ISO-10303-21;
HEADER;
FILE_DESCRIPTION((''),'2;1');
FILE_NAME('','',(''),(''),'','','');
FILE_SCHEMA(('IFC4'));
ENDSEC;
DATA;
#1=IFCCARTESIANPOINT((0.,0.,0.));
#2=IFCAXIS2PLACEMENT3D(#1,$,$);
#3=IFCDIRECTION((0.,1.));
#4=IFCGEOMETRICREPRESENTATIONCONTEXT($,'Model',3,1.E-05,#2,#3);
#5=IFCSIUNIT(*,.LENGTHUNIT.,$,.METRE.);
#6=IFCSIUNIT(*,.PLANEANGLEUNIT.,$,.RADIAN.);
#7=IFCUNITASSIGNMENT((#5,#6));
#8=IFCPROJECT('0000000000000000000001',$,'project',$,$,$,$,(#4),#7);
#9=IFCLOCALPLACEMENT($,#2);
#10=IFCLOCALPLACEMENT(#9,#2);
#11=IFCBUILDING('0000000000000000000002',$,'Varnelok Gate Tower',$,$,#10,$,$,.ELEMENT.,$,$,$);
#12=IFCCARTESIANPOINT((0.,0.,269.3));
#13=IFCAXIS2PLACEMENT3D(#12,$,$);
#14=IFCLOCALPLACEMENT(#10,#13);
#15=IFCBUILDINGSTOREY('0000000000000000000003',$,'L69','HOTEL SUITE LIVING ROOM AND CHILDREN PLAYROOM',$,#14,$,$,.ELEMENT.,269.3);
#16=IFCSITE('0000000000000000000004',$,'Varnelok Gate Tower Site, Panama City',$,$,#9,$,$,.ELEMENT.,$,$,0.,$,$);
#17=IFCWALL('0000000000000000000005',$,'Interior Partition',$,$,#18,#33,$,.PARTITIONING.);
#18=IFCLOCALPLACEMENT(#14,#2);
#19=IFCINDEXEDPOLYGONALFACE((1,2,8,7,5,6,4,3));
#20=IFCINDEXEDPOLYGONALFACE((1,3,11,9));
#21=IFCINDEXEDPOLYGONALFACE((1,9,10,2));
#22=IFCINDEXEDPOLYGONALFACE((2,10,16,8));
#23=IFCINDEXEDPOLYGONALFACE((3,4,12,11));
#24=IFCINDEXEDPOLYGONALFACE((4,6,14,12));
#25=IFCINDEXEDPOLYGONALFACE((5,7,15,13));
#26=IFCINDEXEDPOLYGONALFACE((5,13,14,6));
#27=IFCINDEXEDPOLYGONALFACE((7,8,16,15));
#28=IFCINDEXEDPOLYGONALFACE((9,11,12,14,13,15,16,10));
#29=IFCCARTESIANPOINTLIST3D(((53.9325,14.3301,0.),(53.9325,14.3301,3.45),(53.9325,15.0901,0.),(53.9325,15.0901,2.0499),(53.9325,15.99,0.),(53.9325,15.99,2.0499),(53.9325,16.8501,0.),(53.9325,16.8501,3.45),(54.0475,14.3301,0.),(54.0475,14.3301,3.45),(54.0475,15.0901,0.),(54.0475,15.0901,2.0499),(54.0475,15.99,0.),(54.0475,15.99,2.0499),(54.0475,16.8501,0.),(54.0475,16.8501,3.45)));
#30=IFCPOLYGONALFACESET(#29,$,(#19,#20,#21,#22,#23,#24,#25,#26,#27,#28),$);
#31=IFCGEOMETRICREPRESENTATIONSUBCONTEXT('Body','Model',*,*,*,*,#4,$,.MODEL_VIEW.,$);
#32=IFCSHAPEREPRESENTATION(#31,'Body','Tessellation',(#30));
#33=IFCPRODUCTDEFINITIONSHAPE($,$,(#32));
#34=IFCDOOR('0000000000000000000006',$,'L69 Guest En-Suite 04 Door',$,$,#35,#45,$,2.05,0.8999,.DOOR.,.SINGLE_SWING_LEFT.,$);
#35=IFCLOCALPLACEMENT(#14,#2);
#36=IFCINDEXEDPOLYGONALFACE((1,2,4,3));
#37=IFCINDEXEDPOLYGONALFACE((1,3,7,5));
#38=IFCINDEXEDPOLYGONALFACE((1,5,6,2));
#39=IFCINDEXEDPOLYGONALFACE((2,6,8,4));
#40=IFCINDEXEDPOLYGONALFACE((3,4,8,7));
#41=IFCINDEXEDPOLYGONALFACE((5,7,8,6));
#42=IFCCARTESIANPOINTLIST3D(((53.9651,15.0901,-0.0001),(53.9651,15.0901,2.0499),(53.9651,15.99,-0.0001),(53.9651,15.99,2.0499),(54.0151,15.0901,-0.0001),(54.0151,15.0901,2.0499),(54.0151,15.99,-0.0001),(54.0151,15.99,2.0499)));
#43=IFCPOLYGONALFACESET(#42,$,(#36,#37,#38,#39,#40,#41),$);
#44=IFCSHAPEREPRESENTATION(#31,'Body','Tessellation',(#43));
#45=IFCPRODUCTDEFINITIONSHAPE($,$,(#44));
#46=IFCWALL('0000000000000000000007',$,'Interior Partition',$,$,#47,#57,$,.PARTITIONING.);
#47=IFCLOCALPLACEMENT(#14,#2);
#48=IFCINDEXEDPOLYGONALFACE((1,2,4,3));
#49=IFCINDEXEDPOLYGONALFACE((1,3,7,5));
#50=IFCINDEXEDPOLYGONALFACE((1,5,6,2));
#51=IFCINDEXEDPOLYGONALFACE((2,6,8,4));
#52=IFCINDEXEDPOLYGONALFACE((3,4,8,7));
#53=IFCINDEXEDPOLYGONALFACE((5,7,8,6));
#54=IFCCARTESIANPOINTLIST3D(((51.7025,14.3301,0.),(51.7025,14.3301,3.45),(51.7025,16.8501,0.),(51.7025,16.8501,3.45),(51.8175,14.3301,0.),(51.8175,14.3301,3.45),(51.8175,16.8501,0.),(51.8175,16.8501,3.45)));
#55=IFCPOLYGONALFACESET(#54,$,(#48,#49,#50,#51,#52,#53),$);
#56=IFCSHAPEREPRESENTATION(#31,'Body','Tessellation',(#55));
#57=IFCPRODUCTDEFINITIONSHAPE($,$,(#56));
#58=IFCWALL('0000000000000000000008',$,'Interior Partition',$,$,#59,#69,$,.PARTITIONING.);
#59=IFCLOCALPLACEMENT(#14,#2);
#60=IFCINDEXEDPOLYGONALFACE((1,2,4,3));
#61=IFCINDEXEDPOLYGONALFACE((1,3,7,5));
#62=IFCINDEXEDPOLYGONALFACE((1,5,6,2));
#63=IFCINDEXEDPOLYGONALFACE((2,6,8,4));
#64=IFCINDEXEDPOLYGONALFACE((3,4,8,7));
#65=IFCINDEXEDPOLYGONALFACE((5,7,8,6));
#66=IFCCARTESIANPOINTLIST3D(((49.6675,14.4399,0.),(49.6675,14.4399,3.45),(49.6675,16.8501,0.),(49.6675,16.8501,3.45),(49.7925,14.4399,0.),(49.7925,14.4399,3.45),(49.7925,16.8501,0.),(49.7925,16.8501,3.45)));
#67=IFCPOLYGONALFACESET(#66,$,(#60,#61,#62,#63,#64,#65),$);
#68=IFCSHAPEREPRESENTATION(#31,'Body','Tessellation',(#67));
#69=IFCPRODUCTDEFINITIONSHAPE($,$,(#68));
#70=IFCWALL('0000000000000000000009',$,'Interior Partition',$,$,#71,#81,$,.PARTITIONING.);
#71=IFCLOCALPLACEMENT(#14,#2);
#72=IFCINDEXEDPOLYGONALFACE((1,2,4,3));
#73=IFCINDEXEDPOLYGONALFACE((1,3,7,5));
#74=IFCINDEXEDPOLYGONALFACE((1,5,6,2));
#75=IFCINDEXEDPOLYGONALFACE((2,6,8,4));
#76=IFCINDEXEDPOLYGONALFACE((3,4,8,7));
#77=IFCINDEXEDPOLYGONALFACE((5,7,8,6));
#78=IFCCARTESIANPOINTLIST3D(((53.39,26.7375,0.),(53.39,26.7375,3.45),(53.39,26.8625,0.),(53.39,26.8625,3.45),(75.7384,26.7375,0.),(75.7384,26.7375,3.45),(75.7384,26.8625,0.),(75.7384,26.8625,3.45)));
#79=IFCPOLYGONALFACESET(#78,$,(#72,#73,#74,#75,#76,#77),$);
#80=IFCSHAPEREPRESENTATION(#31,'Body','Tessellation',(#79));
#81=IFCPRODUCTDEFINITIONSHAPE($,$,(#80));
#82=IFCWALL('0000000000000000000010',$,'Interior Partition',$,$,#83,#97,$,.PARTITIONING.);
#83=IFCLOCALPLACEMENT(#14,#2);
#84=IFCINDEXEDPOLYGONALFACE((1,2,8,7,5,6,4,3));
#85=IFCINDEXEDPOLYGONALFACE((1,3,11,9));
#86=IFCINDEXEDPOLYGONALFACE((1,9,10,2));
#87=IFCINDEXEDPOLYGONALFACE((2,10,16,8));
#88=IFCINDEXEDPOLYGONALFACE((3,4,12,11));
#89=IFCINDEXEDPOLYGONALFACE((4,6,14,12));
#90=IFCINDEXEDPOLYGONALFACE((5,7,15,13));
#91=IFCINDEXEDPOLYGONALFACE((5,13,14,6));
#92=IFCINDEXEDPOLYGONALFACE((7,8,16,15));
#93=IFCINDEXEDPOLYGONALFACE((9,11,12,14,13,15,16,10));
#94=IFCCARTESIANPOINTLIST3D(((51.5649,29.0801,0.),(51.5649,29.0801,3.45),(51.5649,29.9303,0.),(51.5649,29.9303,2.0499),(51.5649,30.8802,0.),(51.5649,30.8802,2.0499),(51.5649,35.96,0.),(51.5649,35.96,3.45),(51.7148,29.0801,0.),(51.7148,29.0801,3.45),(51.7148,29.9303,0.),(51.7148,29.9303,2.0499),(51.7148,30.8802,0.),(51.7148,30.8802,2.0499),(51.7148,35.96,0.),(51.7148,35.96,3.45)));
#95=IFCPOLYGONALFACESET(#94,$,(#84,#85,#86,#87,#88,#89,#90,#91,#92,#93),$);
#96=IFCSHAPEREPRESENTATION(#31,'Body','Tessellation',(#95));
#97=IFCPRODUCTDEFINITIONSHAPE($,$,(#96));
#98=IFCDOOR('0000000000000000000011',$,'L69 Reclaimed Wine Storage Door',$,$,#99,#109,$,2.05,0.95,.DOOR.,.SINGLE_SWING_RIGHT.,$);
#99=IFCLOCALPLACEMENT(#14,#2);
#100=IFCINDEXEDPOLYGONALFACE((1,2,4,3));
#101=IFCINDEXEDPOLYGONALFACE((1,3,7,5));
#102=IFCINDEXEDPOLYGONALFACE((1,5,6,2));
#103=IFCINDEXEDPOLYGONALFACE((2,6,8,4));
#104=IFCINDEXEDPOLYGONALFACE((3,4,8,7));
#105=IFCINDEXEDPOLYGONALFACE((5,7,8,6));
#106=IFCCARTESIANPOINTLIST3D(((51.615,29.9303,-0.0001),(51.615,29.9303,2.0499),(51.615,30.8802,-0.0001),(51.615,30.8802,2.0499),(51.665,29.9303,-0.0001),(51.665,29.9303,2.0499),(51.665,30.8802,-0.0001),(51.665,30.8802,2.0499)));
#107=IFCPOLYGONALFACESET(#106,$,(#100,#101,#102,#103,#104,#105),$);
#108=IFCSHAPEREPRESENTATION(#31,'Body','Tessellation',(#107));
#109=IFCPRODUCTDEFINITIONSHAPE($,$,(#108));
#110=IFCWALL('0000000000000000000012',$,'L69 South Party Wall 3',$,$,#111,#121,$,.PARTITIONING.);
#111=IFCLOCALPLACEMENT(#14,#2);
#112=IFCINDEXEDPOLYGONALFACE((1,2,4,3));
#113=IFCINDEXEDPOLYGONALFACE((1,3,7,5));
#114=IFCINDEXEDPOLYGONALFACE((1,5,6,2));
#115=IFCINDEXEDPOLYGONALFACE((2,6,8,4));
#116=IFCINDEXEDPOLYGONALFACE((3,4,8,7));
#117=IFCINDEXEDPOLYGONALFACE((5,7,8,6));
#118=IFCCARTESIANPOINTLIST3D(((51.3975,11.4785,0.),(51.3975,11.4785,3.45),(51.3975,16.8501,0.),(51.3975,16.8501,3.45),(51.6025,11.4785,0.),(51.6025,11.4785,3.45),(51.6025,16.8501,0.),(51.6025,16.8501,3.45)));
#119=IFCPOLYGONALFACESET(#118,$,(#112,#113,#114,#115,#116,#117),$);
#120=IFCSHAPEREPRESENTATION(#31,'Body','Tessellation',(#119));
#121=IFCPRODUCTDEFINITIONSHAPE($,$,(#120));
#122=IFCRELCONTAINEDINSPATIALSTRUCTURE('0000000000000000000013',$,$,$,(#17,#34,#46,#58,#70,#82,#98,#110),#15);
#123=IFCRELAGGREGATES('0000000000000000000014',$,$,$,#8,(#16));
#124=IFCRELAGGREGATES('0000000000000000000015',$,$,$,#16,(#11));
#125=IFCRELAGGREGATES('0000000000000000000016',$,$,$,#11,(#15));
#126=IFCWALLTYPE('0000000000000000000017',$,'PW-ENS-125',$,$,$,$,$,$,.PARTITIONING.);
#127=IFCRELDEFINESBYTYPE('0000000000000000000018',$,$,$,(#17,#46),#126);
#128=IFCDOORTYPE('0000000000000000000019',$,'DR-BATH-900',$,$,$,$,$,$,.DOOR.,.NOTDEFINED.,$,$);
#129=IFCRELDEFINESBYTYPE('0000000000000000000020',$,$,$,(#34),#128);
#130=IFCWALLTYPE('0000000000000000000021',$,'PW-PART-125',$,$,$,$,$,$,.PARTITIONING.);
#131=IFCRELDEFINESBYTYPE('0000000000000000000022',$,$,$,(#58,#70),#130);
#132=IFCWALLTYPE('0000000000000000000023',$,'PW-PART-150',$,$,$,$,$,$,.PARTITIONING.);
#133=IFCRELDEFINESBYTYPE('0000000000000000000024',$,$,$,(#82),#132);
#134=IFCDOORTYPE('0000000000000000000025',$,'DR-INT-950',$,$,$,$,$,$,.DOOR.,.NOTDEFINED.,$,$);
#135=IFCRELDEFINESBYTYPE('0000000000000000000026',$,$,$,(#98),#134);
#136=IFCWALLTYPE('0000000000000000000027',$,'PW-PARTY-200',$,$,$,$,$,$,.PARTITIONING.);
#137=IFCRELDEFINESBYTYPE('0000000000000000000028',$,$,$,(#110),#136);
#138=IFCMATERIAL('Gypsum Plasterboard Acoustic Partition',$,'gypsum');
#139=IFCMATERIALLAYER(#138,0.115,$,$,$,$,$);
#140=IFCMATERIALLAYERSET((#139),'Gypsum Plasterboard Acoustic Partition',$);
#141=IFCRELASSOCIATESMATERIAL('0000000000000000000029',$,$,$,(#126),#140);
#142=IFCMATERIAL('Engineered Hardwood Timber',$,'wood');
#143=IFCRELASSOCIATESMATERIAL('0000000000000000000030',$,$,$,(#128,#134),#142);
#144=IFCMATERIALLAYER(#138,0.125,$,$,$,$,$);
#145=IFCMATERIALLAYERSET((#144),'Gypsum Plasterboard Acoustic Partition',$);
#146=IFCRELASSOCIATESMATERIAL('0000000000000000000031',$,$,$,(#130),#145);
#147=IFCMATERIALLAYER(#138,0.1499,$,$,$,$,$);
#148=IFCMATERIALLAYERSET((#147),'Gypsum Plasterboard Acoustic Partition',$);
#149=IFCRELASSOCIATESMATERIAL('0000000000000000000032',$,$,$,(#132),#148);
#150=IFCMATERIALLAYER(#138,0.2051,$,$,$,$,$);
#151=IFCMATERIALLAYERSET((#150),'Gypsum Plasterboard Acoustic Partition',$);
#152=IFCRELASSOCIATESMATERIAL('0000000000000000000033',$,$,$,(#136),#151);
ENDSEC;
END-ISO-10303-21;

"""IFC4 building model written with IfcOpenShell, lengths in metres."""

from ifc_helpers import new_model, si_unit, direction, frame, frame_2d, origin, place, context, subcontext, project, spatial, rectangle, extrude, material, layer, layer_set, type_object, element, fill, save


model = new_model("IFC4")

# Units and contexts
model_context = context("Model", 3, precision=1e-05, world=origin(), true_north=direction((0.0, 1.0)))
body_context = subcontext(model_context, "Body", "Model", "MODEL_VIEW")
ifc_project = project(units=[si_unit("LENGTHUNIT", "METRE"), si_unit("PLANEANGLEUNIT", "RADIAN")], contexts=[model_context])

# Site, building, storey
site_placement = place(None, origin())
site = spatial("IfcSite", under=ifc_project, at=site_placement, Name="Varnelok Gate Tower Site, Panama City", CompositionType="ELEMENT", RefElevation=0.0)
building_placement = place(site_placement, origin())
building = spatial("IfcBuilding", under=site, at=building_placement, Name="Varnelok Gate Tower", CompositionType="ELEMENT")
storey_placement = place(building_placement, frame((0.0, 0.0, 269.3)))
storey = spatial("IfcBuildingStorey", under=building, at=storey_placement, Name="L69", Description="HOTEL SUITE LIVING ROOM AND CHILDREN PLAYROOM", CompositionType="ELEMENT", Elevation=269.3)

# Shared definitions
ifc_material_1 = material(Name="Gypsum Plasterboard Acoustic Partition", Category="gypsum")
ifc_material_2 = material(Name="Engineered Hardwood Timber", Category="wood")

# Shared definitions
ifc_layer_1 = layer(ifc_material_1, 0.115)
ifc_layer_set_1 = layer_set([ifc_layer_1], Name="Gypsum Plasterboard Acoustic Partition")
wall_type_1 = type_object("IfcWallType", Name="PW-ENS-125", PredefinedType="PARTITIONING", material=ifc_layer_set_1)

# Wall, opening, door
wall_1_placement = place(storey_placement, frame((53.99, 14.3301, 0.0), z_axis=(0.0, 0.0, 1.0), x_axis=(0.0, 1.0, 0.0)))
wall_1 = element("IfcWall", 1, at=wall_1_placement, inside=storey, type_object=wall_type_1, Name="Interior Partition", PredefinedType="PARTITIONING", context=body_context, shape_type="SweptSolid", body=[
    extrude(rectangle(XDim=2.52, YDim=0.115, at=frame_2d((1.26, 0.0))), origin(), (0.0, 0.0, 1.0), 3.45),
])
opening_1_placement = place(wall_1_placement, frame((0.76, 0.0, 0.0)))
opening_1 = element("IfcOpeningElement", 2, at=opening_1_placement, cuts=wall_1, PredefinedType="OPENING", context=body_context, shape_type="SweptSolid", body=[
    extrude(rectangle(XDim=0.8999, YDim=2.05, at=frame_2d((0.45, 1.0249))), frame((0.0, 0.0674, 0.0), z_axis=(0.0, -1.0, 0.0), x_axis=(1.0, 0.0, 0.0)), (0.0, 0.0, 1.0), 0.135),
])
door_type_1 = type_object("IfcDoorType", Name="DR-BATH-900", OperationType="NOTDEFINED", PredefinedType="DOOR", material=ifc_material_2)
door_1_placement = place(opening_1_placement, origin())
door_1 = element("IfcDoor", 3, at=door_1_placement, inside=storey, type_object=door_type_1, Name="L69 Guest En-Suite 04 Door", OperationType="SINGLE_SWING_LEFT", OverallHeight=2.05, OverallWidth=0.8999, PredefinedType="DOOR", context=body_context, shape_type="SweptSolid", body=[
    extrude(rectangle(XDim=0.8999, YDim=2.05, at=frame_2d((0.45, 1.0249))), frame((0.0, 0.0249, 0.0), z_axis=(0.0, -1.0, 0.0), x_axis=(1.0, 0.0, 0.0)), (0.0, 0.0, 1.0), 0.05),
])
fill(opening_1, door_1)

# Walls
wall_2_placement = place(storey_placement, frame((51.76, 14.3301, 0.0), z_axis=(0.0, 0.0, 1.0), x_axis=(0.0, 1.0, 0.0)))
element("IfcWall", 4, at=wall_2_placement, inside=storey, type_object=wall_type_1, Name="Interior Partition", PredefinedType="PARTITIONING", context=body_context, shape_type="SweptSolid", body=[
    extrude(rectangle(XDim=2.52, YDim=0.115, at=frame_2d((1.26, 0.0))), origin(), (0.0, 0.0, 1.0), 3.45),
])
ifc_layer_2 = layer(ifc_material_1, 0.125)
ifc_layer_set_2 = layer_set([ifc_layer_2], Name="Gypsum Plasterboard Acoustic Partition")
wall_type_2 = type_object("IfcWallType", Name="PW-PART-125", PredefinedType="PARTITIONING", material=ifc_layer_set_2)
wall_3_placement = place(storey_placement, frame((49.73, 14.4399, 0.0), z_axis=(0.0, 0.0, 1.0), x_axis=(0.0, 1.0, 0.0)))
element("IfcWall", 5, at=wall_3_placement, inside=storey, type_object=wall_type_2, Name="Interior Partition", PredefinedType="PARTITIONING", context=body_context, shape_type="SweptSolid", body=[
    extrude(rectangle(XDim=2.4102, YDim=0.125, at=frame_2d((1.2051, 0.0))), origin(), (0.0, 0.0, 1.0), 3.45),
])
wall_4_placement = place(storey_placement, frame((53.3899, 26.8, 0.0), z_axis=(0.0, 0.0, 1.0), x_axis=(1.0, 0.0, 0.0)))
element("IfcWall", 6, at=wall_4_placement, inside=storey, type_object=wall_type_2, Name="Interior Partition", PredefinedType="PARTITIONING", context=body_context, shape_type="SweptSolid", body=[
    extrude(rectangle(XDim=22.3484, YDim=0.125, at=frame_2d((11.1743, 0.0))), origin(), (0.0, 0.0, 1.0), 3.45),
])

# Wall, opening, door
ifc_layer_3 = layer(ifc_material_1, 0.1499)
ifc_layer_set_3 = layer_set([ifc_layer_3], Name="Gypsum Plasterboard Acoustic Partition")
wall_type_3 = type_object("IfcWallType", Name="PW-PART-150", PredefinedType="PARTITIONING", material=ifc_layer_set_3)
wall_5_placement = place(storey_placement, frame((51.6399, 29.0801, 0.0), z_axis=(0.0, 0.0, 1.0), x_axis=(0.0, 1.0, 0.0)))
wall_5 = element("IfcWall", 7, at=wall_5_placement, inside=storey, type_object=wall_type_3, Name="Interior Partition", PredefinedType="PARTITIONING", context=body_context, shape_type="SweptSolid", body=[
    extrude(rectangle(XDim=6.8799, YDim=0.1499, at=frame_2d((3.4399, 0.0))), origin(), (0.0, 0.0, 1.0), 3.45),
])
opening_2_placement = place(wall_5_placement, frame((0.8501, 0.0, 0.0)))
opening_2 = element("IfcOpeningElement", 8, at=opening_2_placement, cuts=wall_5, PredefinedType="OPENING", context=body_context, shape_type="SweptSolid", body=[
    extrude(rectangle(XDim=0.95, YDim=2.05, at=frame_2d((0.4751, 1.0249))), frame((0.0, 0.085, 0.0), z_axis=(0.0, -1.0, 0.0), x_axis=(1.0, 0.0, 0.0)), (0.0, 0.0, 1.0), 0.1699),
])
door_type_2 = type_object("IfcDoorType", Name="DR-INT-950", OperationType="NOTDEFINED", PredefinedType="DOOR", material=ifc_material_2)
door_2_placement = place(opening_2_placement, origin())
door_2 = element("IfcDoor", 9, at=door_2_placement, inside=storey, type_object=door_type_2, Name="L69 Reclaimed Wine Storage Door", OperationType="SINGLE_SWING_RIGHT", OverallHeight=2.05, OverallWidth=0.95, PredefinedType="DOOR", context=body_context, shape_type="SweptSolid", body=[
    extrude(rectangle(XDim=0.95, YDim=2.05, at=frame_2d((0.4751, 1.0249))), frame((0.0, 0.0249, 0.0), z_axis=(0.0, -1.0, 0.0), x_axis=(1.0, 0.0, 0.0)), (0.0, 0.0, 1.0), 0.05),
])
fill(opening_2, door_2)

# Wall
ifc_layer_4 = layer(ifc_material_1, 0.2051)
ifc_layer_set_4 = layer_set([ifc_layer_4], Name="Gypsum Plasterboard Acoustic Partition")
wall_type_4 = type_object("IfcWallType", Name="PW-PARTY-200", PredefinedType="PARTITIONING", material=ifc_layer_set_4)
wall_6_placement = place(storey_placement, frame((51.5, 11.4785, 0.0), z_axis=(0.0, 0.0, 1.0), x_axis=(0.0, 1.0, 0.0)))
element("IfcWall", 10, at=wall_6_placement, inside=storey, type_object=wall_type_4, Name="L69 South Party Wall 3", PredefinedType="PARTITIONING", context=body_context, shape_type="SweptSolid", body=[
    extrude(rectangle(XDim=5.3716, YDim=0.2051, at=frame_2d((2.6858, 0.0))), origin(), (0.0, 0.0, 1.0), 3.45),
])

save(model, "model.ifc")
